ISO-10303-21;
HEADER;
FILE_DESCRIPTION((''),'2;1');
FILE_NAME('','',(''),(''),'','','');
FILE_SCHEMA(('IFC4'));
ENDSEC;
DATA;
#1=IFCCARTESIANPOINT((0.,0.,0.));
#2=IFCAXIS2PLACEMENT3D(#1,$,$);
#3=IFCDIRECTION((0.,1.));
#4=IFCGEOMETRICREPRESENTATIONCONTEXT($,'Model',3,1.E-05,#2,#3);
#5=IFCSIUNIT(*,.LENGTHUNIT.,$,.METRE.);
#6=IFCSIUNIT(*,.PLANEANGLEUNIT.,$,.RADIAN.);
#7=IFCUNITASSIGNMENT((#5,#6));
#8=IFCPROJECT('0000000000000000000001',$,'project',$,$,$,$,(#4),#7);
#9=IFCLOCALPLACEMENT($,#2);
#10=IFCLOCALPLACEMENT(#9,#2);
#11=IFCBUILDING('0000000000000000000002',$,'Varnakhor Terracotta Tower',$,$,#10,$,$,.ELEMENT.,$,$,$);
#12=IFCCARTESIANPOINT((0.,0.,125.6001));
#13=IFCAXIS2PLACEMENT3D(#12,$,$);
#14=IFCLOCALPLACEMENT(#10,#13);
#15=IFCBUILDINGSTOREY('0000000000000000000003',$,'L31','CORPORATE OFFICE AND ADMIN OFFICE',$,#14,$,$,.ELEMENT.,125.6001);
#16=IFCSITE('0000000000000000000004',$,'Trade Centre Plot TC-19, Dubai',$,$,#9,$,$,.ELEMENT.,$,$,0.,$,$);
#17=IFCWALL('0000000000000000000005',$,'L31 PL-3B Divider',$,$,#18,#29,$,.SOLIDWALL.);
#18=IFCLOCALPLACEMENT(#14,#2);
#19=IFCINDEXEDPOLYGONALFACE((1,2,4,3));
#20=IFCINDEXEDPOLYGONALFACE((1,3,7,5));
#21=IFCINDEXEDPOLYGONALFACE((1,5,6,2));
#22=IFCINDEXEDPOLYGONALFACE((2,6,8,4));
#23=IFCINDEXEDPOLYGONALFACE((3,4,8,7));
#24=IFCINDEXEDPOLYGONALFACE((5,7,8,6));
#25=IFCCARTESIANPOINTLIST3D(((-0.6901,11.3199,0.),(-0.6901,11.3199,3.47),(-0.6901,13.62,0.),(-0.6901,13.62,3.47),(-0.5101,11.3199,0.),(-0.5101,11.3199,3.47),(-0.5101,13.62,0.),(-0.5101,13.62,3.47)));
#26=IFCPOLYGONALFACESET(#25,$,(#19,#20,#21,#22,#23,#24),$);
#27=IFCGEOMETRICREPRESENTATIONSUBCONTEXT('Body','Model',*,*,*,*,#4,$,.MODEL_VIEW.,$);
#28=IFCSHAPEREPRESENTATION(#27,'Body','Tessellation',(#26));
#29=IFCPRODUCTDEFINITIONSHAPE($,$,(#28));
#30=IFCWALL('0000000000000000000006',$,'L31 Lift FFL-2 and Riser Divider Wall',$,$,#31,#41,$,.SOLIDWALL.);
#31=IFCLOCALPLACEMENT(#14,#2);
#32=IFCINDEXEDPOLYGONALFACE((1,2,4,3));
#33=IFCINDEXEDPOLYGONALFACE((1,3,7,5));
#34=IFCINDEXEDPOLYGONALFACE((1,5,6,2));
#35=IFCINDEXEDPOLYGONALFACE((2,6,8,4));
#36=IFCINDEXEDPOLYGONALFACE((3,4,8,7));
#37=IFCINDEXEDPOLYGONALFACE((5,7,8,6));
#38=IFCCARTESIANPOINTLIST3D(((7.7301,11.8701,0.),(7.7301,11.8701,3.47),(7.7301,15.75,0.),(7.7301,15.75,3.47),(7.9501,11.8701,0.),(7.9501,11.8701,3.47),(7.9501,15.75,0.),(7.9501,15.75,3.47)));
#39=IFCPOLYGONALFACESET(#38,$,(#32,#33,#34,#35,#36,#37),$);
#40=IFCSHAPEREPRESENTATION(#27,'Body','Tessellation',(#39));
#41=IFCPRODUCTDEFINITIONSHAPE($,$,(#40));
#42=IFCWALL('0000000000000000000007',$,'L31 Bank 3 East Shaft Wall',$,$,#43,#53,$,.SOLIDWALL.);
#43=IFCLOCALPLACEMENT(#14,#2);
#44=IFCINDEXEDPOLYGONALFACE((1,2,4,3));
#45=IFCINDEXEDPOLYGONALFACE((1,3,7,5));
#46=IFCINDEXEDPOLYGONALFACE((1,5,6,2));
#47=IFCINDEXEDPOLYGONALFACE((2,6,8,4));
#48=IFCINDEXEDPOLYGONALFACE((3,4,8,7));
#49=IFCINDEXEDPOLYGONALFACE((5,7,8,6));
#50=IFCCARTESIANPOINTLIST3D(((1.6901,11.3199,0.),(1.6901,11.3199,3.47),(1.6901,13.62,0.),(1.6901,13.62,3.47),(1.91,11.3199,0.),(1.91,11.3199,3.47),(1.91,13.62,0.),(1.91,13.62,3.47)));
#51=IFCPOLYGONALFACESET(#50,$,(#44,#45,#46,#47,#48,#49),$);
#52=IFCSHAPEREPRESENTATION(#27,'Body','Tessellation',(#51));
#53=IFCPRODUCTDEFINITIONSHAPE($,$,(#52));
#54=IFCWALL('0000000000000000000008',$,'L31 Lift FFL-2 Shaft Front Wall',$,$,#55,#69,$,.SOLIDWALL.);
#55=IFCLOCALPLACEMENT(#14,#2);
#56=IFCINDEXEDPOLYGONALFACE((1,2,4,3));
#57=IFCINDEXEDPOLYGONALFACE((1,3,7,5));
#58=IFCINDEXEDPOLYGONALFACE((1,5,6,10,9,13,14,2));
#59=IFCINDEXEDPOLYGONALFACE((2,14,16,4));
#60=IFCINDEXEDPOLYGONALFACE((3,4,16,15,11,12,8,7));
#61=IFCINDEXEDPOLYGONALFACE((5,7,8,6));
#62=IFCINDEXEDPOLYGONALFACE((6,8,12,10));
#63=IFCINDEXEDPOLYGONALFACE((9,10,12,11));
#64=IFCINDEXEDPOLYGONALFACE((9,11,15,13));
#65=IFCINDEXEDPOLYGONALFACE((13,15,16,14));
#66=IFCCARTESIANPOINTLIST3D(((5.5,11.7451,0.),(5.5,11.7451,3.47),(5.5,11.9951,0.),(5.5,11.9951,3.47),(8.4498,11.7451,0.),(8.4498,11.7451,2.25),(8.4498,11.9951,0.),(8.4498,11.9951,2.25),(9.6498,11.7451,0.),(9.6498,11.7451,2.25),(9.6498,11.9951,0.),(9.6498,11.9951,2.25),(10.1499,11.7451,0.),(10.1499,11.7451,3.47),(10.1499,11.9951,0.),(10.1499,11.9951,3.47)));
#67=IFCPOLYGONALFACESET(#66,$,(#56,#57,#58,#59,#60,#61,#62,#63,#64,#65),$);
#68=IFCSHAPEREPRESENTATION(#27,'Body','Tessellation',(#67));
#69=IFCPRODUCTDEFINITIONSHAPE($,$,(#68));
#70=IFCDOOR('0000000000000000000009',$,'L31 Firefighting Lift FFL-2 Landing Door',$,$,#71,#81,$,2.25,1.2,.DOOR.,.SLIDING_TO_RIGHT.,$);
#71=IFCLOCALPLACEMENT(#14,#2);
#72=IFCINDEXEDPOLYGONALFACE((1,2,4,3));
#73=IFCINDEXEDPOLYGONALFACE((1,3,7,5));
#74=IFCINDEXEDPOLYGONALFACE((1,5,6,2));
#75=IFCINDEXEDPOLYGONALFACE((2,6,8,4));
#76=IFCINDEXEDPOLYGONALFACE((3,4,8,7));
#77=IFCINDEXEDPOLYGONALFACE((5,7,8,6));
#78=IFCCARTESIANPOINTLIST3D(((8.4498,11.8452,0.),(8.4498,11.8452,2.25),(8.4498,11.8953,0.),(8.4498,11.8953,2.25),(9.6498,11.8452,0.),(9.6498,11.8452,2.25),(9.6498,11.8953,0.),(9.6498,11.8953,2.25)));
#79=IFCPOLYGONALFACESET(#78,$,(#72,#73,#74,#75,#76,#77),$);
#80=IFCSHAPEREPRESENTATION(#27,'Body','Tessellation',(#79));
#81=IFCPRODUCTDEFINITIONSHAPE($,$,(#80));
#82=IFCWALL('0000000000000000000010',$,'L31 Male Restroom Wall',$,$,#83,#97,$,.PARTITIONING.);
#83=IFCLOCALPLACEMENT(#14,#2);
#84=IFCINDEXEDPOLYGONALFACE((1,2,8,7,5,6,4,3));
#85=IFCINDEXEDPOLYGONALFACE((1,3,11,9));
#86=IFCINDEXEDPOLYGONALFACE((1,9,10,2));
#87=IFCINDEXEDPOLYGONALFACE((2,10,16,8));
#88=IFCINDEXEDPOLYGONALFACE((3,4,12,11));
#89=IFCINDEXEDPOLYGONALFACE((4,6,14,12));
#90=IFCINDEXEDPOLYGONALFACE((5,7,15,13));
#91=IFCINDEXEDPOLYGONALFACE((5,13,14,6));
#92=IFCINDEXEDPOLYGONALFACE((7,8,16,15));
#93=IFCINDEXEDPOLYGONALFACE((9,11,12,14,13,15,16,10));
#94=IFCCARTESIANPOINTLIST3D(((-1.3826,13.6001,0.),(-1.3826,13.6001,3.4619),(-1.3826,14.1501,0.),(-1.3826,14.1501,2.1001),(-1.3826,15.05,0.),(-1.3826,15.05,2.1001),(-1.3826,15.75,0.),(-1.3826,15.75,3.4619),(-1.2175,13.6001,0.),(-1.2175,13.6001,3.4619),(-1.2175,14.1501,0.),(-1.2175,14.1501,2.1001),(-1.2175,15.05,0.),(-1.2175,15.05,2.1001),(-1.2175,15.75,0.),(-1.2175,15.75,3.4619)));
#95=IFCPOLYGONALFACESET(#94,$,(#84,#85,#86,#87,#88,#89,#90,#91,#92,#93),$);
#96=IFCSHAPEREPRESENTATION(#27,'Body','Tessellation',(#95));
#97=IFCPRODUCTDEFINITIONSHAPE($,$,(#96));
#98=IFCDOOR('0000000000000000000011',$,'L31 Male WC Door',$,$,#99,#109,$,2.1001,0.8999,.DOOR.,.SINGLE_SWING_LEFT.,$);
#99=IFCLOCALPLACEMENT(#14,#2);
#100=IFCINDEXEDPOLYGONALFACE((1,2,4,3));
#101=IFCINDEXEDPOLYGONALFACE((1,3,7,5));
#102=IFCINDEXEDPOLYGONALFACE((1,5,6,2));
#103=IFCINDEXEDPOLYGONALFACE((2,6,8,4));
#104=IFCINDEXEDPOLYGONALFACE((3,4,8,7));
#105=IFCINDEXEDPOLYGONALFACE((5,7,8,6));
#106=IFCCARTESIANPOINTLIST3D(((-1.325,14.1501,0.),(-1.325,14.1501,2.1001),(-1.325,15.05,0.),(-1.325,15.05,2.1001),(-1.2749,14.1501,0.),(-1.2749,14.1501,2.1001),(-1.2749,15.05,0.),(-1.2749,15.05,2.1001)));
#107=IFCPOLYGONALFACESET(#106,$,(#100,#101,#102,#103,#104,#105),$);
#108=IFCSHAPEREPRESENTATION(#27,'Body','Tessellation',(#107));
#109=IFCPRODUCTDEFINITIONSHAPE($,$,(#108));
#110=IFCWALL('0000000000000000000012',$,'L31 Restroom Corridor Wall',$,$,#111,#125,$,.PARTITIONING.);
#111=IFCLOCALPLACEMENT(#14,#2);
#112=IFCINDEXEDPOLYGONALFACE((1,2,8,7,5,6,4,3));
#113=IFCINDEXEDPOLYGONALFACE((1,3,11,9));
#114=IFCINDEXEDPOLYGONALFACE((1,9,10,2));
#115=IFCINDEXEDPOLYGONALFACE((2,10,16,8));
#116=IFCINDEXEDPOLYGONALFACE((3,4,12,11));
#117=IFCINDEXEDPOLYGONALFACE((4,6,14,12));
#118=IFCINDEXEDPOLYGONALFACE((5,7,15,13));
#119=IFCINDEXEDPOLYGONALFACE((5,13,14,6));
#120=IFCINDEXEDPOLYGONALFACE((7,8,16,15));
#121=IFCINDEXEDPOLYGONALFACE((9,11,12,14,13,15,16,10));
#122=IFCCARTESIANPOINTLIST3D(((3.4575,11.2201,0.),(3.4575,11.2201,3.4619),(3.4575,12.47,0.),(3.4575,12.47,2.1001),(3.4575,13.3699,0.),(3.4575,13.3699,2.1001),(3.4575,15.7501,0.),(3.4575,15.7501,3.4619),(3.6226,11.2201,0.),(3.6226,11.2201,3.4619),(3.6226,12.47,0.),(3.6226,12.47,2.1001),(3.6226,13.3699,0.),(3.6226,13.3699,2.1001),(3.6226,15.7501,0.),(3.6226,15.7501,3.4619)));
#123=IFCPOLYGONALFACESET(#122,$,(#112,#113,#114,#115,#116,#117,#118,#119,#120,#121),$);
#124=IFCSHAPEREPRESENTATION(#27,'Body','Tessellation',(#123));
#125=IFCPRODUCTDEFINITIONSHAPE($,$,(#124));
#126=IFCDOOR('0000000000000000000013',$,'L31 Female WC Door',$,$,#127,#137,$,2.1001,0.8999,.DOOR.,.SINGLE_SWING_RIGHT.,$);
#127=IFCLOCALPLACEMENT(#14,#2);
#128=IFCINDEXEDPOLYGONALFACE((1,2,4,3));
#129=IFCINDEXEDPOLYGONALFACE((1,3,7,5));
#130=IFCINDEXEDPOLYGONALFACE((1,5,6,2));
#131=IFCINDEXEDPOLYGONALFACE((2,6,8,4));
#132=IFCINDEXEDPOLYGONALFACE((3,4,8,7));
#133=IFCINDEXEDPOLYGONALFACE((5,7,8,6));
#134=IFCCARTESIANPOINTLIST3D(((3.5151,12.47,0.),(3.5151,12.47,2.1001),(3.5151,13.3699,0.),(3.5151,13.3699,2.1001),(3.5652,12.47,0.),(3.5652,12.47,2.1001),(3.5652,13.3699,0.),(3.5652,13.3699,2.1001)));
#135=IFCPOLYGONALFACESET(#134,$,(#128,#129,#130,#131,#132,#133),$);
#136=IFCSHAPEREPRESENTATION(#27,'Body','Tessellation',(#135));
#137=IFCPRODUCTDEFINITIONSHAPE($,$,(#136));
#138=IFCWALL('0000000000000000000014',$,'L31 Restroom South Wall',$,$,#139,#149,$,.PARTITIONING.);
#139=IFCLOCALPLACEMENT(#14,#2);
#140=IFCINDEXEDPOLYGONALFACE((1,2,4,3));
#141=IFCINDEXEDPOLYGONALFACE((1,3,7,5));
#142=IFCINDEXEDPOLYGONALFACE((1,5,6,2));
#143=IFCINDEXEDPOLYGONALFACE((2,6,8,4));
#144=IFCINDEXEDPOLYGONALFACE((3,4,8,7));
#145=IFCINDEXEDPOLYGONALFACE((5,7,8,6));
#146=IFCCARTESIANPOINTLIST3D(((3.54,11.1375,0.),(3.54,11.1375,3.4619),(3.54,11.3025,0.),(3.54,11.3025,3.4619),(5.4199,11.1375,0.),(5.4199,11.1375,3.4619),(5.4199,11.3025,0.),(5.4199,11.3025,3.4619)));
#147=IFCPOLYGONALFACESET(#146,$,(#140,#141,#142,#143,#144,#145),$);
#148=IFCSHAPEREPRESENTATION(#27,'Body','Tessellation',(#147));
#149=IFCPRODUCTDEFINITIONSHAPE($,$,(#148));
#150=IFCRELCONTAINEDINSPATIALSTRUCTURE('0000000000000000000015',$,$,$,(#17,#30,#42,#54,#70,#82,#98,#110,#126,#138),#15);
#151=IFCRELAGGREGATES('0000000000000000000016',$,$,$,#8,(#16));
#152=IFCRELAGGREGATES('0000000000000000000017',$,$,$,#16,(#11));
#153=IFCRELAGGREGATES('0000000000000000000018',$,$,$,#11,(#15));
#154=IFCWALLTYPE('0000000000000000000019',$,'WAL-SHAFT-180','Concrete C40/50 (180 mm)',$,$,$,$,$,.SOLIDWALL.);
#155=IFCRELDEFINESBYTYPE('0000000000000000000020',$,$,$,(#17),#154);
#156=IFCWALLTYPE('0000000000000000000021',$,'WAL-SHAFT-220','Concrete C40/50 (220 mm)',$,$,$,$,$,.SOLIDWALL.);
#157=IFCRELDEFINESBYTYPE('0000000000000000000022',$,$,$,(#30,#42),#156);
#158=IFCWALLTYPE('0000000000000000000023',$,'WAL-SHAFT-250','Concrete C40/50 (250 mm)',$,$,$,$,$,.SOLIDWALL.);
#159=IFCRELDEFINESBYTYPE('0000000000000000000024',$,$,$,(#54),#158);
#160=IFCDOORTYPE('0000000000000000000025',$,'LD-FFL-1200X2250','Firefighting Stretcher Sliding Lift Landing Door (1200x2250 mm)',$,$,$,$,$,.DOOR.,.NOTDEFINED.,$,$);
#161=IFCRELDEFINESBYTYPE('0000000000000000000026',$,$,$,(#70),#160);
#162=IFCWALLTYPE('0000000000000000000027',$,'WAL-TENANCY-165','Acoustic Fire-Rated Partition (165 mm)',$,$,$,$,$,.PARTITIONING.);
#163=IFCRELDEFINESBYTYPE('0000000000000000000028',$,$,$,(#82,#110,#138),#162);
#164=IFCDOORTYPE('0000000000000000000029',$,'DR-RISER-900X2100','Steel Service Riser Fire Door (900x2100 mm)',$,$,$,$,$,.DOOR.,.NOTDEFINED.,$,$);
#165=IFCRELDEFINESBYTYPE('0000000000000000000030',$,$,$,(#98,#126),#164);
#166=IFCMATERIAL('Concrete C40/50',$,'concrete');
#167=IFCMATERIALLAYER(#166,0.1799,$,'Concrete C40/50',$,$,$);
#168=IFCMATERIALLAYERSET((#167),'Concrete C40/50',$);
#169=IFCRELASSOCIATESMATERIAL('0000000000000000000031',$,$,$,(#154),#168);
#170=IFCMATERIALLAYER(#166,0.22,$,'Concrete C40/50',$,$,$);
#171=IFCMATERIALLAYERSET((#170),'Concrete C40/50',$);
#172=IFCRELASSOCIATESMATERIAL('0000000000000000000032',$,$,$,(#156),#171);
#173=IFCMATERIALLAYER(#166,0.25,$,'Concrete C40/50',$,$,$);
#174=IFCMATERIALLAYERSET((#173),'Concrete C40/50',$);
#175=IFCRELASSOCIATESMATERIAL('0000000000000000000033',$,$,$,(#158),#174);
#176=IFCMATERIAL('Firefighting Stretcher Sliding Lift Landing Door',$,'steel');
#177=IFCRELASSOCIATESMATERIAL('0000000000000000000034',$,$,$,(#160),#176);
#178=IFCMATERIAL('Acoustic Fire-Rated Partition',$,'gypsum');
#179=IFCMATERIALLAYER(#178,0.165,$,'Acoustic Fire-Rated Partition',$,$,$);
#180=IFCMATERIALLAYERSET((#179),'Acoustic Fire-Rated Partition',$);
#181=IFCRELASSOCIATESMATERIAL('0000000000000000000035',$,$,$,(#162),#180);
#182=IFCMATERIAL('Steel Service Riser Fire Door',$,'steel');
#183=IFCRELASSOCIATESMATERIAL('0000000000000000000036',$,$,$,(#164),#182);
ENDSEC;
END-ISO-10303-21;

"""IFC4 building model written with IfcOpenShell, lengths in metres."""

from ifc_helpers import new_model, si_unit, direction, frame, frame_2d, origin, place, context, subcontext, project, spatial, rectangle, extrude, source, transform, mapped, material, layer, layer_set, type_object, type_shapes, element, fill, save


model = new_model("IFC4")

# Units and contexts
model_context = context("Model", 3, precision=1e-05, world=origin(), true_north=direction((0.0, 1.0)))
body_context = subcontext(model_context, "Body", "Model", "MODEL_VIEW")
ifc_project = project(units=[si_unit("LENGTHUNIT", "METRE"), si_unit("PLANEANGLEUNIT", "RADIAN")], contexts=[model_context])

# Site, building, storey
site_placement = place(None, origin())
site = spatial("IfcSite", under=ifc_project, at=site_placement, Name="Trade Centre Plot TC-19, Dubai", CompositionType="ELEMENT", RefElevation=0.0)
building_placement = place(site_placement, origin())
building = spatial("IfcBuilding", under=site, at=building_placement, Name="Varnakhor Terracotta Tower", CompositionType="ELEMENT")
storey_placement = place(building_placement, frame((0.0, 0.0, 125.6001)))
storey = spatial("IfcBuildingStorey", under=building, at=storey_placement, Name="L31", Description="CORPORATE OFFICE AND ADMIN OFFICE", CompositionType="ELEMENT", Elevation=125.6001)

# Walls
ifc_material_1 = material(Name="Concrete C40/50", Category="concrete")
ifc_layer_1 = layer(ifc_material_1, 0.1799, Name="Concrete C40/50")
ifc_layer_set_1 = layer_set([ifc_layer_1], Name="Concrete C40/50")
wall_type_1 = type_object("IfcWallType", Name="WAL-SHAFT-180", Description="Concrete C40/50 (180 mm)", PredefinedType="SOLIDWALL", material=ifc_layer_set_1)
wall_1_placement = place(storey_placement, frame((-0.6001, 11.3201, 0.0), z_axis=(0.0, 0.0, 1.0), x_axis=(0.0, 1.0, 0.0)))
element("IfcWall", 1, at=wall_1_placement, inside=storey, type_object=wall_type_1, Name="L31 PL-3B Divider", PredefinedType="SOLIDWALL", context=body_context, shape_type="SweptSolid", body=[
    extrude(rectangle(XDim=2.3, YDim=0.1799, at=frame_2d((1.1499, 0.0))), origin(), (0.0, 0.0, 1.0), 3.47),
])
ifc_layer_2 = layer(ifc_material_1, 0.22, Name="Concrete C40/50")
ifc_layer_set_2 = layer_set([ifc_layer_2], Name="Concrete C40/50")
wall_type_2 = type_object("IfcWallType", Name="WAL-SHAFT-220", Description="Concrete C40/50 (220 mm)", PredefinedType="SOLIDWALL", material=ifc_layer_set_2)
wall_2_placement = place(storey_placement, frame((7.8401, 11.8701, 0.0), z_axis=(0.0, 0.0, 1.0), x_axis=(0.0, 1.0, 0.0)))
element("IfcWall", 2, at=wall_2_placement, inside=storey, type_object=wall_type_2, Name="L31 Lift FFL-2 and Riser Divider Wall", PredefinedType="SOLIDWALL", context=body_context, shape_type="SweptSolid", body=[
    extrude(rectangle(XDim=3.8799, YDim=0.22, at=frame_2d((1.9399, 0.0))), origin(), (0.0, 0.0, 1.0), 3.47),
])
wall_3_placement = place(storey_placement, frame((1.8, 11.3201, 0.0), z_axis=(0.0, 0.0, 1.0), x_axis=(0.0, 1.0, 0.0)))
element("IfcWall", 3, at=wall_3_placement, inside=storey, type_object=wall_type_2, Name="L31 Bank 3 East Shaft Wall", PredefinedType="SOLIDWALL", context=body_context, shape_type="SweptSolid", body=[
    extrude(rectangle(XDim=2.3, YDim=0.22, at=frame_2d((1.1499, 0.0))), origin(), (0.0, 0.0, 1.0), 3.47),
])

# Walls, openings, doors
ifc_layer_3 = layer(ifc_material_1, 0.25, Name="Concrete C40/50")
ifc_layer_set_3 = layer_set([ifc_layer_3], Name="Concrete C40/50")
wall_type_3 = type_object("IfcWallType", Name="WAL-SHAFT-250", Description="Concrete C40/50 (250 mm)", PredefinedType="SOLIDWALL", material=ifc_layer_set_3)
wall_4_placement = place(storey_placement, frame((10.1499, 11.8701, 0.0), z_axis=(0.0, 0.0, 1.0), x_axis=(-1.0, 0.0, 0.0)))
wall_4 = element("IfcWall", 4, at=wall_4_placement, inside=storey, type_object=wall_type_3, Name="L31 Lift FFL-2 Shaft Front Wall", PredefinedType="SOLIDWALL", context=body_context, shape_type="SweptSolid", body=[
    extrude(rectangle(XDim=4.6499, YDim=0.25, at=frame_2d((2.325, 0.0))), origin(), (0.0, 0.0, 1.0), 3.47),
])
opening_1_placement = place(wall_4_placement, frame((0.5, 0.0, 0.0)))
opening_1 = element("IfcOpeningElement", 5, at=opening_1_placement, cuts=wall_4, PredefinedType="OPENING", context=body_context, shape_type="SweptSolid", body=[
    extrude(rectangle(XDim=1.2, YDim=2.25, at=frame_2d((0.6001, 1.125))), frame((0.0, 0.135, 0.0), z_axis=(0.0, -1.0, 0.0), x_axis=(1.0, 0.0, 0.0)), (0.0, 0.0, 1.0), 0.27),
])
ifc_material_2 = material(Name="Firefighting Stretcher Sliding Lift Landing Door", Category="steel")
door_type_1 = type_object("IfcDoorType", Name="LD-FFL-1200X2250", Description="Firefighting Stretcher Sliding Lift Landing Door (1200x2250 mm)", OperationType="NOTDEFINED", PredefinedType="DOOR", material=ifc_material_2)
shared_shape_1 = source(origin(), body_context, "Body", "SweptSolid", [
    extrude(rectangle(XDim=1.2, YDim=2.25, at=frame_2d((0.6001, 1.125))), frame((0.0, 0.0249, 0.0), z_axis=(0.0, -1.0, 0.0), x_axis=(1.0, 0.0, 0.0)), (0.0, 0.0, 1.0), 0.05),
])
type_shapes(door_type_1, [shared_shape_1])
door_1_placement = place(opening_1_placement, origin())
door_1 = element("IfcDoor", 6, at=door_1_placement, inside=storey, type_object=door_type_1, Name="L31 Firefighting Lift FFL-2 Landing Door", OperationType="SLIDING_TO_RIGHT", OverallHeight=2.25, OverallWidth=1.2, PredefinedType="DOOR", context=body_context, shape_type="MappedRepresentation", body=[
    mapped(shared_shape_1, transform((0.0, 0.0, 0.0), scale=1.0)),
])
fill(opening_1, door_1)
ifc_material_3 = material(Name="Acoustic Fire-Rated Partition", Category="gypsum")
ifc_layer_4 = layer(ifc_material_3, 0.165, Name="Acoustic Fire-Rated Partition")
ifc_layer_set_4 = layer_set([ifc_layer_4], Name="Acoustic Fire-Rated Partition")
wall_type_4 = type_object("IfcWallType", Name="WAL-TENANCY-165", Description="Acoustic Fire-Rated Partition (165 mm)", PredefinedType="PARTITIONING", material=ifc_layer_set_4)
wall_5_placement = place(storey_placement, frame((-1.3, 13.6001, 0.0), z_axis=(0.0, 0.0, 1.0), x_axis=(0.0, 1.0, 0.0)))
wall_5 = element("IfcWall", 7, at=wall_5_placement, inside=storey, type_object=wall_type_4, Name="L31 Male Restroom Wall", PredefinedType="PARTITIONING", context=body_context, shape_type="SweptSolid", body=[
    extrude(rectangle(XDim=2.1499, YDim=0.165, at=frame_2d((1.075, 0.0))), origin(), (0.0, 0.0, 1.0), 3.4619),
])
opening_2_placement = place(wall_5_placement, frame((0.55, 0.0, 0.0)))
opening_2 = element("IfcOpeningElement", 8, at=opening_2_placement, cuts=wall_5, PredefinedType="OPENING", context=body_context, shape_type="SweptSolid", body=[
    extrude(rectangle(XDim=0.8999, YDim=2.1001, at=frame_2d((0.45, 1.05))), frame((0.0, 0.0925, 0.0), z_axis=(0.0, -1.0, 0.0), x_axis=(1.0, 0.0, 0.0)), (0.0, 0.0, 1.0), 0.1851),
])
ifc_material_4 = material(Name="Steel Service Riser Fire Door", Category="steel")
door_type_2 = type_object("IfcDoorType", Name="DR-RISER-900X2100", Description="Steel Service Riser Fire Door (900x2100 mm)", OperationType="NOTDEFINED", PredefinedType="DOOR", material=ifc_material_4)
shared_shape_2 = source(origin(), body_context, "Body", "SweptSolid", [
    extrude(rectangle(XDim=0.8999, YDim=2.1001, at=frame_2d((0.45, 1.05))), frame((0.0, 0.0249, 0.0), z_axis=(0.0, -1.0, 0.0), x_axis=(1.0, 0.0, 0.0)), (0.0, 0.0, 1.0), 0.05),
])
type_shapes(door_type_2, [shared_shape_2])
door_2_placement = place(opening_2_placement, origin())
door_2 = element("IfcDoor", 9, at=door_2_placement, inside=storey, type_object=door_type_2, Name="L31 Male WC Door", OperationType="SINGLE_SWING_LEFT", OverallHeight=2.1001, OverallWidth=0.8999, PredefinedType="DOOR", context=body_context, shape_type="MappedRepresentation", body=[
    mapped(shared_shape_2, transform((0.0, 0.0, 0.0), scale=1.0)),
])
fill(opening_2, door_2)
wall_6_placement = place(storey_placement, frame((3.54, 11.22, 0.0), z_axis=(0.0, 0.0, 1.0), x_axis=(0.0, 1.0, 0.0)))
wall_6 = element("IfcWall", 10, at=wall_6_placement, inside=storey, type_object=wall_type_4, Name="L31 Restroom Corridor Wall", PredefinedType="PARTITIONING", context=body_context, shape_type="SweptSolid", body=[
    extrude(rectangle(XDim=4.53, YDim=0.165, at=frame_2d((2.2651, 0.0))), origin(), (0.0, 0.0, 1.0), 3.4619),
])
opening_3_placement = place(wall_6_placement, frame((1.25, 0.0, 0.0)))
opening_3 = element("IfcOpeningElement", 11, at=opening_3_placement, cuts=wall_6, PredefinedType="OPENING", context=body_context, shape_type="SweptSolid", body=[
    extrude(rectangle(XDim=0.8999, YDim=2.1001, at=frame_2d((0.45, 1.05))), frame((0.0, 0.0925, 0.0), z_axis=(0.0, -1.0, 0.0), x_axis=(1.0, 0.0, 0.0)), (0.0, 0.0, 1.0), 0.1851),
])
door_3_placement = place(opening_3_placement, origin())
door_3 = element("IfcDoor", 12, at=door_3_placement, inside=storey, type_object=door_type_2, Name="L31 Female WC Door", OperationType="SINGLE_SWING_RIGHT", OverallHeight=2.1001, OverallWidth=0.8999, PredefinedType="DOOR", context=body_context, shape_type="MappedRepresentation", body=[
    mapped(shared_shape_2, transform((0.0, 0.0, 0.0), scale=1.0)),
])
fill(opening_3, door_3)

# Wall
wall_7_placement = place(storey_placement, frame((3.54, 11.22, 0.0), z_axis=(0.0, 0.0, 1.0), x_axis=(1.0, 0.0, 0.0)))
element("IfcWall", 13, at=wall_7_placement, inside=storey, type_object=wall_type_4, Name="L31 Restroom South Wall", PredefinedType="PARTITIONING", context=body_context, shape_type="SweptSolid", body=[
    extrude(rectangle(XDim=1.8799, YDim=0.165, at=frame_2d((0.9399, 0.0))), origin(), (0.0, 0.0, 1.0), 3.4619),
])

save(model, "model.ifc")
